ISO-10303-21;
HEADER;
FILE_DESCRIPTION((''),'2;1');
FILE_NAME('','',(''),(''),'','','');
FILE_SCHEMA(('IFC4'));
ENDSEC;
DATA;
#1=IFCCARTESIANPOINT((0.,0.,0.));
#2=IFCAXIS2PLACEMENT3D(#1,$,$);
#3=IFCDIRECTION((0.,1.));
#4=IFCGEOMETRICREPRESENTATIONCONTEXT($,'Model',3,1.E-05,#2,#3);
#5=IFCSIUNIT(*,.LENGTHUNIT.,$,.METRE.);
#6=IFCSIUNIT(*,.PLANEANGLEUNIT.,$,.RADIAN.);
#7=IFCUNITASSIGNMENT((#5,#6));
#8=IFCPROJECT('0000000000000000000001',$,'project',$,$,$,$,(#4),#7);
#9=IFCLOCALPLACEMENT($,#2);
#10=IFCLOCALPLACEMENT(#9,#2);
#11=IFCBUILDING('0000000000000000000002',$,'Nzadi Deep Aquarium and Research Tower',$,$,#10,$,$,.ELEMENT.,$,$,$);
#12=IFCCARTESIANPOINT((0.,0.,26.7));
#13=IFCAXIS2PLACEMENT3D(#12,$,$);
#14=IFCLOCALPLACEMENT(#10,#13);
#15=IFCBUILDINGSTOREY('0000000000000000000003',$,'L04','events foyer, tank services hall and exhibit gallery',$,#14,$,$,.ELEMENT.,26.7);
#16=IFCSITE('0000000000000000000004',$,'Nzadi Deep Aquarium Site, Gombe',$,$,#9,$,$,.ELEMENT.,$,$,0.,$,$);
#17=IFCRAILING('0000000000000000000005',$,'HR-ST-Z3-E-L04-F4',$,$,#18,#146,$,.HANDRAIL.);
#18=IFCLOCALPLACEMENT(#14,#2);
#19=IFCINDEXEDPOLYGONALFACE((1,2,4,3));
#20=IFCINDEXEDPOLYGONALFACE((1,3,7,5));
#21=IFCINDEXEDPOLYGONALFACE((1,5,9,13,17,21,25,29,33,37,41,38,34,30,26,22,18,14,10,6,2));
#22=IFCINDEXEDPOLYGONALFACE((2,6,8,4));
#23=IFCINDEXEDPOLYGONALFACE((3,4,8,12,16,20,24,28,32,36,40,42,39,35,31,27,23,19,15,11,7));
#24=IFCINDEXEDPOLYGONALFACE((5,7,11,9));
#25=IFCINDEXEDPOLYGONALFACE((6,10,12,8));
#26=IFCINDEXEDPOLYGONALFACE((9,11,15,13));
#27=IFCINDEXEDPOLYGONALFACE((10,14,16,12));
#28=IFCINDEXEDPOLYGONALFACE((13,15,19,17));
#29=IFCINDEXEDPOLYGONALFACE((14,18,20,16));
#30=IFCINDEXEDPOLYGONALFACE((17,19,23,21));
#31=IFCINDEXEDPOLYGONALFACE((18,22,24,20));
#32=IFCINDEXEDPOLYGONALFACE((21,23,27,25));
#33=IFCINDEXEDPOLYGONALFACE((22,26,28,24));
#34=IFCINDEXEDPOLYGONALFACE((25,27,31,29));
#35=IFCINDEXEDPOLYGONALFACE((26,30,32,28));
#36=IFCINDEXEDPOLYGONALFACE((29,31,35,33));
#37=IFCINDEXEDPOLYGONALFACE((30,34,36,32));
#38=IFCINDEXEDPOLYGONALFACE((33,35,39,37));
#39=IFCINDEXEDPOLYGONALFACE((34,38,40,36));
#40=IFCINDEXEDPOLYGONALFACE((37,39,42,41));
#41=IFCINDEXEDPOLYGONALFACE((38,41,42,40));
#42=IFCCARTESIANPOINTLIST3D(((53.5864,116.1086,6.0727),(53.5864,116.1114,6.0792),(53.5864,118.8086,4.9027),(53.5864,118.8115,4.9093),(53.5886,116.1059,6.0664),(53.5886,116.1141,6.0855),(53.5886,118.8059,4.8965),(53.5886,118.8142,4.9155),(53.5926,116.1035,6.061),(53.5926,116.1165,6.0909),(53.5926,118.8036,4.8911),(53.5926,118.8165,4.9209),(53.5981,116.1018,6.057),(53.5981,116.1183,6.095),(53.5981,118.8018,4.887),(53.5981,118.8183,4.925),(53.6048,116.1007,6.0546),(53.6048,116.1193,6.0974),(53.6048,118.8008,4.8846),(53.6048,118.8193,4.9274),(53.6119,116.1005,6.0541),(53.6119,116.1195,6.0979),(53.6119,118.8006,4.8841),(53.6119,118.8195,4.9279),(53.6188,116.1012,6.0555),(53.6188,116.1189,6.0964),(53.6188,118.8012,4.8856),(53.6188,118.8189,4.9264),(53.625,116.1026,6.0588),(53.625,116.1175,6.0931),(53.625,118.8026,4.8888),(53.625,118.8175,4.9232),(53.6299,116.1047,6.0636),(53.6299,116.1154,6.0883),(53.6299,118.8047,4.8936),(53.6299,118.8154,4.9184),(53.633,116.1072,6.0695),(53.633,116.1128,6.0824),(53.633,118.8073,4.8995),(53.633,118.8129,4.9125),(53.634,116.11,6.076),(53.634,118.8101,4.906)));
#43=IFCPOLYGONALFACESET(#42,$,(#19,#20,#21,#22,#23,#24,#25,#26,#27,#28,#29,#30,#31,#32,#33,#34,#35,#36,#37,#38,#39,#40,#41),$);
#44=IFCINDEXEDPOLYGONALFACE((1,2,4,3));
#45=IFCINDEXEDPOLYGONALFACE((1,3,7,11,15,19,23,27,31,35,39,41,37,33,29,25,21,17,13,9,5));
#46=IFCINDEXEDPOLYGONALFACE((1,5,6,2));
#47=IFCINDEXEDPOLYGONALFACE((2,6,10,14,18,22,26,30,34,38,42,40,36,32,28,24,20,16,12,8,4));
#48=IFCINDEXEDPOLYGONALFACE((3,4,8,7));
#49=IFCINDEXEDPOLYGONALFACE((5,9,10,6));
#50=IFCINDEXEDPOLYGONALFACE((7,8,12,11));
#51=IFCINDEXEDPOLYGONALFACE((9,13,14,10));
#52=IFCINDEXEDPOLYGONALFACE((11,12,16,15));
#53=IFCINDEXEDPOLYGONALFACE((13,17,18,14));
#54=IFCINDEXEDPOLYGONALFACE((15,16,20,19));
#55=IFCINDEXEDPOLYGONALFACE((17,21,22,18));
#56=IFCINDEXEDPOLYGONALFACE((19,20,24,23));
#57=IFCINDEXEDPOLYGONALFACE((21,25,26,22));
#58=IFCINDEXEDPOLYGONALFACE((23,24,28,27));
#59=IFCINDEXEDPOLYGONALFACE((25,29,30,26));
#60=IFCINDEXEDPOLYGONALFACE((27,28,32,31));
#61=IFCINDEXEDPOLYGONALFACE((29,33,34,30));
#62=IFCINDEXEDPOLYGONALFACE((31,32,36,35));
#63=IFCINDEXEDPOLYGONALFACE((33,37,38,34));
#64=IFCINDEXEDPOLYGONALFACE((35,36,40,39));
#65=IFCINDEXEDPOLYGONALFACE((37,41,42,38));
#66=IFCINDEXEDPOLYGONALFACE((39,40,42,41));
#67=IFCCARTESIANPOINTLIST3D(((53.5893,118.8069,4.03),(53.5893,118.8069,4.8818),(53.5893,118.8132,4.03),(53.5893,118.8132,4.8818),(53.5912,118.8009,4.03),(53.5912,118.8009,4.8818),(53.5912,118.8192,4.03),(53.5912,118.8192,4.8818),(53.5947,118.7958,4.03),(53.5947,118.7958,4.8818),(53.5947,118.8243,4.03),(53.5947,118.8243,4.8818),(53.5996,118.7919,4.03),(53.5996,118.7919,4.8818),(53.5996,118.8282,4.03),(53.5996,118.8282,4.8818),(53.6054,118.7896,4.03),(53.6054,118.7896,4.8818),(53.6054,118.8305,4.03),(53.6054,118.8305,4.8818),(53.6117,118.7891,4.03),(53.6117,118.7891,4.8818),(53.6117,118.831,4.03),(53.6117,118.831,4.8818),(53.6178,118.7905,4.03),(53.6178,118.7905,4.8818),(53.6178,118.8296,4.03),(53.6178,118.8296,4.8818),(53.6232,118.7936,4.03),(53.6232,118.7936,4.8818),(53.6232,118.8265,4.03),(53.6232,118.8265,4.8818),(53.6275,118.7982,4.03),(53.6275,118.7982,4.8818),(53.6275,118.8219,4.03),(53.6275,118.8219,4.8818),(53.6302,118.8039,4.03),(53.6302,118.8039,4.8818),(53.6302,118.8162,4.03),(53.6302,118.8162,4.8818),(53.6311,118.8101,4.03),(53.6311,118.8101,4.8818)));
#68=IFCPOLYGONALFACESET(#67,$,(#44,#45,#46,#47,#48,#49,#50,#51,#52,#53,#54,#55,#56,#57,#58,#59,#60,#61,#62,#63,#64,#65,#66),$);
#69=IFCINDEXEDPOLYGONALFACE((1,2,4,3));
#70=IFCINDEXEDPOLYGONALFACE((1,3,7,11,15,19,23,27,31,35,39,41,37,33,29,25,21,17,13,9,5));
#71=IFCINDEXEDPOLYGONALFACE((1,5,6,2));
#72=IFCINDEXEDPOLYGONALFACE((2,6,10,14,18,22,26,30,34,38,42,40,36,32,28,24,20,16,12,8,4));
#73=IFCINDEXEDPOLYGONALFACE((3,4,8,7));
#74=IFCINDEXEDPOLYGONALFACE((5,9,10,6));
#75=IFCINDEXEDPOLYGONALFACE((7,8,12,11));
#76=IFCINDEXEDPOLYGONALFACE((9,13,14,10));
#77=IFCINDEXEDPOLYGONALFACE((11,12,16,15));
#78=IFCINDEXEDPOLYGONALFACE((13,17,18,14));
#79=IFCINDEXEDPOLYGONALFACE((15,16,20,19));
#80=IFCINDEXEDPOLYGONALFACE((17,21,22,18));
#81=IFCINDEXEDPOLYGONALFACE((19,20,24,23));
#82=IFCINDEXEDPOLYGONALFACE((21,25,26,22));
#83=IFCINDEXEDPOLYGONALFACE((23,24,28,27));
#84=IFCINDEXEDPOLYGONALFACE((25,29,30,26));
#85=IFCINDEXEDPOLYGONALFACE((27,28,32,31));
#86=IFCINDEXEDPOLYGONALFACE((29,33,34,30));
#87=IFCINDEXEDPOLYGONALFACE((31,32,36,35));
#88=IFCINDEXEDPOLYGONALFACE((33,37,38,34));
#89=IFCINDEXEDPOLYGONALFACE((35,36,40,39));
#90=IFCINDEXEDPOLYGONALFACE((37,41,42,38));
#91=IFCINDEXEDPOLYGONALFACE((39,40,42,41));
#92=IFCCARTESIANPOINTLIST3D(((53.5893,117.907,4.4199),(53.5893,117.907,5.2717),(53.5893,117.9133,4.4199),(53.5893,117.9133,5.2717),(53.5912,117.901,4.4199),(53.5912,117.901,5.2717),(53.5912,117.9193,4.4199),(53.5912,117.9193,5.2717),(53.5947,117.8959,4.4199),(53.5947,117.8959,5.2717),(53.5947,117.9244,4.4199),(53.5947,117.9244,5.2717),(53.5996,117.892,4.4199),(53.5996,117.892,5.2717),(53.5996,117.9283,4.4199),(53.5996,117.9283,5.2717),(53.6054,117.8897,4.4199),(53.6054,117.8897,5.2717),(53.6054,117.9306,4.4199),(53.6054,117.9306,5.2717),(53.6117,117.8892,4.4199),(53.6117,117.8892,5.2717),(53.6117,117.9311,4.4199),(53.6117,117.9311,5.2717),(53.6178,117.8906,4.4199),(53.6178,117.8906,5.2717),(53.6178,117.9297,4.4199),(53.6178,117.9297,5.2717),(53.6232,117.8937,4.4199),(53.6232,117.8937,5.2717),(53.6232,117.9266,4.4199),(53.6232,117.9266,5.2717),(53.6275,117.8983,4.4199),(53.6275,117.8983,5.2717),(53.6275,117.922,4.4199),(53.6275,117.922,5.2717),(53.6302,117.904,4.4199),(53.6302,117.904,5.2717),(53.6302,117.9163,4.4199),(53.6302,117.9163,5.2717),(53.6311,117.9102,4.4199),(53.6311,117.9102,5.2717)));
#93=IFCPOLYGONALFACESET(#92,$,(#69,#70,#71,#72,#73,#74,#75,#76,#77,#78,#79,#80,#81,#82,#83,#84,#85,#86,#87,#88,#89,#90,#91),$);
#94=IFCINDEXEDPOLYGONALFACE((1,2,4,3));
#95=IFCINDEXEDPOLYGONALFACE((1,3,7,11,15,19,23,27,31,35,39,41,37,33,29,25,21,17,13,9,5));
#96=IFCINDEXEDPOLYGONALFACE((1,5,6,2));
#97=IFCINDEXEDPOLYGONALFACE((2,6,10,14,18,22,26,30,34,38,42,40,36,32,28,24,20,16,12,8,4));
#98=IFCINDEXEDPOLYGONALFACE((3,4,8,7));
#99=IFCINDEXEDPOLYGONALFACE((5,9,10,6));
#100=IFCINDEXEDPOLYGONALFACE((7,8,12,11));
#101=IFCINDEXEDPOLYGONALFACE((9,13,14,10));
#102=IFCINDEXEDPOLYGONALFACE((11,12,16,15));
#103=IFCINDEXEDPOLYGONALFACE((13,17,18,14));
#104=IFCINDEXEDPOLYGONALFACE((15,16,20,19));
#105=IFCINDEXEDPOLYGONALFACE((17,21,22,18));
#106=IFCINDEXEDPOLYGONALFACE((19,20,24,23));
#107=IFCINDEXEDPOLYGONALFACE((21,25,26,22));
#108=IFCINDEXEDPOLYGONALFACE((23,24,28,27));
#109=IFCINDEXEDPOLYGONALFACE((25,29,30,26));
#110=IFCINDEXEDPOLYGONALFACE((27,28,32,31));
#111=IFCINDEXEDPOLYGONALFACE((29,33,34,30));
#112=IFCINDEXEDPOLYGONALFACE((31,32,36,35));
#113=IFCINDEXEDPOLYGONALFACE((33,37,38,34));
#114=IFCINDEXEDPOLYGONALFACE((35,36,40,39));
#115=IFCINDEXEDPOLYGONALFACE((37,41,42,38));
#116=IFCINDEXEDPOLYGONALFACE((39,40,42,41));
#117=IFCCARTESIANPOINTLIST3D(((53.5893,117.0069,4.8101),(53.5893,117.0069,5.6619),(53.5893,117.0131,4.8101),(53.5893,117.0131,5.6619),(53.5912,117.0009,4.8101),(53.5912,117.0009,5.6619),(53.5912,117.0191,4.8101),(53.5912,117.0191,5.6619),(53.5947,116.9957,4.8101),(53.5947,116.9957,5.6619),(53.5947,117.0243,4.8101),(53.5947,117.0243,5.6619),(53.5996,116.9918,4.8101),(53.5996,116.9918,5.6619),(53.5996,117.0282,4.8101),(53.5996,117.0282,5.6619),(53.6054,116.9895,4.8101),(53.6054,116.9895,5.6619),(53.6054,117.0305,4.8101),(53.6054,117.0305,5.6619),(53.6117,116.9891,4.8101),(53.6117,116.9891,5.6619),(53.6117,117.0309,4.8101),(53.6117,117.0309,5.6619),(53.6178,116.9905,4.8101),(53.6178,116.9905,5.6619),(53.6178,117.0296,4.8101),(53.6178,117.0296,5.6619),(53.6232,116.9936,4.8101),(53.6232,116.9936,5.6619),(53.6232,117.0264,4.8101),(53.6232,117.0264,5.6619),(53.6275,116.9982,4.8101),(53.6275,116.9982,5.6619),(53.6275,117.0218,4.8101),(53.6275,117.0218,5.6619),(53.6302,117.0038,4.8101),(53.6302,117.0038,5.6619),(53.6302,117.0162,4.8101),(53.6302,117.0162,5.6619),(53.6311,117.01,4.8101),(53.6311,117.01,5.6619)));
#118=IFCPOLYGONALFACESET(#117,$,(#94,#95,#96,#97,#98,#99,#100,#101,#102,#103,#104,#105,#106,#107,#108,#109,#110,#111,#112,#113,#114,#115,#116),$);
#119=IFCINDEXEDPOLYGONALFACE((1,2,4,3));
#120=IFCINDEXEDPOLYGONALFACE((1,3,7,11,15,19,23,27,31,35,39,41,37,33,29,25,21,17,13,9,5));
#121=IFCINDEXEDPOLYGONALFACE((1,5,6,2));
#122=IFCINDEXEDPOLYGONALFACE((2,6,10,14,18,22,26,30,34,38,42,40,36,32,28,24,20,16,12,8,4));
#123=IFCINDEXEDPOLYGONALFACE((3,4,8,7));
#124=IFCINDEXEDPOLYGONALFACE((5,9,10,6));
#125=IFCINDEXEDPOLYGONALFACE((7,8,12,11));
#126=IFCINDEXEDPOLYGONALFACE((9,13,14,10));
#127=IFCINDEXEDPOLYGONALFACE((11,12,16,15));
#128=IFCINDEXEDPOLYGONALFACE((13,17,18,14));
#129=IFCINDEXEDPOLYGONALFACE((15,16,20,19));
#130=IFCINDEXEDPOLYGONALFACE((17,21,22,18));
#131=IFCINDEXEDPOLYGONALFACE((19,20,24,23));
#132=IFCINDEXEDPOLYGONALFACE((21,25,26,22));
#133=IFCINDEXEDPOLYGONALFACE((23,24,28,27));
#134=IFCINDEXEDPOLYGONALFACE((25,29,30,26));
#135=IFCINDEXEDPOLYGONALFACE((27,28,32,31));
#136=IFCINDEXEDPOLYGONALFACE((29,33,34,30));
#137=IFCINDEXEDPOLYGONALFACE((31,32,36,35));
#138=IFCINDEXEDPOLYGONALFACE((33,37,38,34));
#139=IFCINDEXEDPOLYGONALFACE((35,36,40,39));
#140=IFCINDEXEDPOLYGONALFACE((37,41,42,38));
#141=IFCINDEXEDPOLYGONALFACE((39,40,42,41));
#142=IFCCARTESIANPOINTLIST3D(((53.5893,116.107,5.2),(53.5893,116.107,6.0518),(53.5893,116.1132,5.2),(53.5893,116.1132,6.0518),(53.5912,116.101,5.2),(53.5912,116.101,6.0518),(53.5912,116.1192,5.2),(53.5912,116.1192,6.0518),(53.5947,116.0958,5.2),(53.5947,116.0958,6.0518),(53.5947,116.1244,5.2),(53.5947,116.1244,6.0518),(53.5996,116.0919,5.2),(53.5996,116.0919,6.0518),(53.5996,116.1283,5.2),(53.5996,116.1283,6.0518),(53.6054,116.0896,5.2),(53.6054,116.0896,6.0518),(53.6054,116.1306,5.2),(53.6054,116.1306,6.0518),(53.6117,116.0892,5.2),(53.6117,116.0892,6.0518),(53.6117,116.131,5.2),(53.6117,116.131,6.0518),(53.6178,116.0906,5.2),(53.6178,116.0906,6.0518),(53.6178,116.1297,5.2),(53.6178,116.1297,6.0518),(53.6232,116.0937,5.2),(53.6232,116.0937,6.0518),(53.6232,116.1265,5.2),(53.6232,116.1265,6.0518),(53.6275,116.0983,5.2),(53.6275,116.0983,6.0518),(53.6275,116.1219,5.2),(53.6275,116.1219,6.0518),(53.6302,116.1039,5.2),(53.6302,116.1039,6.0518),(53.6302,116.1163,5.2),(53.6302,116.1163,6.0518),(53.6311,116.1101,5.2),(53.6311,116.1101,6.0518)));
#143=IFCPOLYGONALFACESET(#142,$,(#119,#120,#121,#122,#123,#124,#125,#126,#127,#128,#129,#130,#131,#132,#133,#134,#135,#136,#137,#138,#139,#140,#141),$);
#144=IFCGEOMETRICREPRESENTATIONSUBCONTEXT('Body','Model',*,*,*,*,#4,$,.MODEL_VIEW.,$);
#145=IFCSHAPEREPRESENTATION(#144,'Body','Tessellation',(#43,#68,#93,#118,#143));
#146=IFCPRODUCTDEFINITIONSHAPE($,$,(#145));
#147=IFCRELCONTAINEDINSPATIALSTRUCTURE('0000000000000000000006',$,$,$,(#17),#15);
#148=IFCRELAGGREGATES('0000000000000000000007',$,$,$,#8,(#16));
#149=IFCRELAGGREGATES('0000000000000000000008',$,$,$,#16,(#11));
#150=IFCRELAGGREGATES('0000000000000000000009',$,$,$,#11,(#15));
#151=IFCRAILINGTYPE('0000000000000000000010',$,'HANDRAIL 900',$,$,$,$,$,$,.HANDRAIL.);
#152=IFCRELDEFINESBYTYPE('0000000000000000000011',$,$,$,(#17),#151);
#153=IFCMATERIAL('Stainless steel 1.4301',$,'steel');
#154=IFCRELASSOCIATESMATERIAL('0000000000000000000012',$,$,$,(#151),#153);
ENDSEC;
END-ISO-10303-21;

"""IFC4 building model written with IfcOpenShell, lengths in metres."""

from ifc_helpers import new_model, si_unit, direction, frame, origin, origin_2d, place, context, subcontext, project, spatial, circle, extrude, material, type_object, element, save


model = new_model("IFC4")

# Units and contexts
model_context = context("Model", 3, precision=1e-05, world=origin(), true_north=direction((0.0, 1.0)))
body_context = subcontext(model_context, "Body", "Model", "MODEL_VIEW")
ifc_project = project(units=[si_unit("LENGTHUNIT", "METRE"), si_unit("PLANEANGLEUNIT", "RADIAN")], contexts=[model_context])

# Site, building, storey
site_placement = place(None, origin())
site = spatial("IfcSite", under=ifc_project, at=site_placement, Name="Nzadi Deep Aquarium Site, Gombe", CompositionType="ELEMENT", RefElevation=0.0)
building_placement = place(site_placement, origin())
building = spatial("IfcBuilding", under=site, at=building_placement, Name="Nzadi Deep Aquarium and Research Tower", CompositionType="ELEMENT")
storey_placement = place(building_placement, frame((0.0, 0.0, 26.7)))
storey = spatial("IfcBuildingStorey", under=building, at=storey_placement, Name="L04", Description="events foyer, tank services hall and exhibit gallery", CompositionType="ELEMENT", Elevation=26.7)

# Railing
ifc_material_1 = material(Name="Stainless steel 1.4301", Category="steel")
railing_type_1 = type_object("IfcRailingType", Name="HANDRAIL 900", PredefinedType="HANDRAIL", material=ifc_material_1)
for number, where, name in (
    (1, (53.6101, 118.8101, 4.03), "HR-ST-Z3-E-L04-F4"),
):
    element("IfcRailing", number, at=place(storey_placement, frame(where)), inside=storey, type_object=railing_type_1, Name=name, PredefinedType="HANDRAIL", context=body_context, shape_type="SweptSolid", body=[
        extrude(circle(Radius=0.0239, at=origin_2d()), frame((0.0, 0.0, 0.876), z_axis=(0.0, -0.917563, 0.397591), x_axis=(1.0, 0.0, 0.0)), (0.0, 0.0, 1.0), 2.9426),
        extrude(circle(Radius=0.021, at=origin_2d()), origin(), (0.0, 0.0, 1.0), 0.8518),
        extrude(circle(Radius=0.021, at=origin_2d()), frame((0.0, -0.8999, 0.3899)), (0.0, 0.0, 1.0), 0.8518),
        extrude(circle(Radius=0.021, at=origin_2d()), frame((0.0, -1.8, 0.78)), (0.0, 0.0, 1.0), 0.8518),
        extrude(circle(Radius=0.021, at=origin_2d()), frame((0.0, -2.7, 1.1699)), (0.0, 0.0, 1.0), 0.8518),
    ])

save(model, "model.ifc")
